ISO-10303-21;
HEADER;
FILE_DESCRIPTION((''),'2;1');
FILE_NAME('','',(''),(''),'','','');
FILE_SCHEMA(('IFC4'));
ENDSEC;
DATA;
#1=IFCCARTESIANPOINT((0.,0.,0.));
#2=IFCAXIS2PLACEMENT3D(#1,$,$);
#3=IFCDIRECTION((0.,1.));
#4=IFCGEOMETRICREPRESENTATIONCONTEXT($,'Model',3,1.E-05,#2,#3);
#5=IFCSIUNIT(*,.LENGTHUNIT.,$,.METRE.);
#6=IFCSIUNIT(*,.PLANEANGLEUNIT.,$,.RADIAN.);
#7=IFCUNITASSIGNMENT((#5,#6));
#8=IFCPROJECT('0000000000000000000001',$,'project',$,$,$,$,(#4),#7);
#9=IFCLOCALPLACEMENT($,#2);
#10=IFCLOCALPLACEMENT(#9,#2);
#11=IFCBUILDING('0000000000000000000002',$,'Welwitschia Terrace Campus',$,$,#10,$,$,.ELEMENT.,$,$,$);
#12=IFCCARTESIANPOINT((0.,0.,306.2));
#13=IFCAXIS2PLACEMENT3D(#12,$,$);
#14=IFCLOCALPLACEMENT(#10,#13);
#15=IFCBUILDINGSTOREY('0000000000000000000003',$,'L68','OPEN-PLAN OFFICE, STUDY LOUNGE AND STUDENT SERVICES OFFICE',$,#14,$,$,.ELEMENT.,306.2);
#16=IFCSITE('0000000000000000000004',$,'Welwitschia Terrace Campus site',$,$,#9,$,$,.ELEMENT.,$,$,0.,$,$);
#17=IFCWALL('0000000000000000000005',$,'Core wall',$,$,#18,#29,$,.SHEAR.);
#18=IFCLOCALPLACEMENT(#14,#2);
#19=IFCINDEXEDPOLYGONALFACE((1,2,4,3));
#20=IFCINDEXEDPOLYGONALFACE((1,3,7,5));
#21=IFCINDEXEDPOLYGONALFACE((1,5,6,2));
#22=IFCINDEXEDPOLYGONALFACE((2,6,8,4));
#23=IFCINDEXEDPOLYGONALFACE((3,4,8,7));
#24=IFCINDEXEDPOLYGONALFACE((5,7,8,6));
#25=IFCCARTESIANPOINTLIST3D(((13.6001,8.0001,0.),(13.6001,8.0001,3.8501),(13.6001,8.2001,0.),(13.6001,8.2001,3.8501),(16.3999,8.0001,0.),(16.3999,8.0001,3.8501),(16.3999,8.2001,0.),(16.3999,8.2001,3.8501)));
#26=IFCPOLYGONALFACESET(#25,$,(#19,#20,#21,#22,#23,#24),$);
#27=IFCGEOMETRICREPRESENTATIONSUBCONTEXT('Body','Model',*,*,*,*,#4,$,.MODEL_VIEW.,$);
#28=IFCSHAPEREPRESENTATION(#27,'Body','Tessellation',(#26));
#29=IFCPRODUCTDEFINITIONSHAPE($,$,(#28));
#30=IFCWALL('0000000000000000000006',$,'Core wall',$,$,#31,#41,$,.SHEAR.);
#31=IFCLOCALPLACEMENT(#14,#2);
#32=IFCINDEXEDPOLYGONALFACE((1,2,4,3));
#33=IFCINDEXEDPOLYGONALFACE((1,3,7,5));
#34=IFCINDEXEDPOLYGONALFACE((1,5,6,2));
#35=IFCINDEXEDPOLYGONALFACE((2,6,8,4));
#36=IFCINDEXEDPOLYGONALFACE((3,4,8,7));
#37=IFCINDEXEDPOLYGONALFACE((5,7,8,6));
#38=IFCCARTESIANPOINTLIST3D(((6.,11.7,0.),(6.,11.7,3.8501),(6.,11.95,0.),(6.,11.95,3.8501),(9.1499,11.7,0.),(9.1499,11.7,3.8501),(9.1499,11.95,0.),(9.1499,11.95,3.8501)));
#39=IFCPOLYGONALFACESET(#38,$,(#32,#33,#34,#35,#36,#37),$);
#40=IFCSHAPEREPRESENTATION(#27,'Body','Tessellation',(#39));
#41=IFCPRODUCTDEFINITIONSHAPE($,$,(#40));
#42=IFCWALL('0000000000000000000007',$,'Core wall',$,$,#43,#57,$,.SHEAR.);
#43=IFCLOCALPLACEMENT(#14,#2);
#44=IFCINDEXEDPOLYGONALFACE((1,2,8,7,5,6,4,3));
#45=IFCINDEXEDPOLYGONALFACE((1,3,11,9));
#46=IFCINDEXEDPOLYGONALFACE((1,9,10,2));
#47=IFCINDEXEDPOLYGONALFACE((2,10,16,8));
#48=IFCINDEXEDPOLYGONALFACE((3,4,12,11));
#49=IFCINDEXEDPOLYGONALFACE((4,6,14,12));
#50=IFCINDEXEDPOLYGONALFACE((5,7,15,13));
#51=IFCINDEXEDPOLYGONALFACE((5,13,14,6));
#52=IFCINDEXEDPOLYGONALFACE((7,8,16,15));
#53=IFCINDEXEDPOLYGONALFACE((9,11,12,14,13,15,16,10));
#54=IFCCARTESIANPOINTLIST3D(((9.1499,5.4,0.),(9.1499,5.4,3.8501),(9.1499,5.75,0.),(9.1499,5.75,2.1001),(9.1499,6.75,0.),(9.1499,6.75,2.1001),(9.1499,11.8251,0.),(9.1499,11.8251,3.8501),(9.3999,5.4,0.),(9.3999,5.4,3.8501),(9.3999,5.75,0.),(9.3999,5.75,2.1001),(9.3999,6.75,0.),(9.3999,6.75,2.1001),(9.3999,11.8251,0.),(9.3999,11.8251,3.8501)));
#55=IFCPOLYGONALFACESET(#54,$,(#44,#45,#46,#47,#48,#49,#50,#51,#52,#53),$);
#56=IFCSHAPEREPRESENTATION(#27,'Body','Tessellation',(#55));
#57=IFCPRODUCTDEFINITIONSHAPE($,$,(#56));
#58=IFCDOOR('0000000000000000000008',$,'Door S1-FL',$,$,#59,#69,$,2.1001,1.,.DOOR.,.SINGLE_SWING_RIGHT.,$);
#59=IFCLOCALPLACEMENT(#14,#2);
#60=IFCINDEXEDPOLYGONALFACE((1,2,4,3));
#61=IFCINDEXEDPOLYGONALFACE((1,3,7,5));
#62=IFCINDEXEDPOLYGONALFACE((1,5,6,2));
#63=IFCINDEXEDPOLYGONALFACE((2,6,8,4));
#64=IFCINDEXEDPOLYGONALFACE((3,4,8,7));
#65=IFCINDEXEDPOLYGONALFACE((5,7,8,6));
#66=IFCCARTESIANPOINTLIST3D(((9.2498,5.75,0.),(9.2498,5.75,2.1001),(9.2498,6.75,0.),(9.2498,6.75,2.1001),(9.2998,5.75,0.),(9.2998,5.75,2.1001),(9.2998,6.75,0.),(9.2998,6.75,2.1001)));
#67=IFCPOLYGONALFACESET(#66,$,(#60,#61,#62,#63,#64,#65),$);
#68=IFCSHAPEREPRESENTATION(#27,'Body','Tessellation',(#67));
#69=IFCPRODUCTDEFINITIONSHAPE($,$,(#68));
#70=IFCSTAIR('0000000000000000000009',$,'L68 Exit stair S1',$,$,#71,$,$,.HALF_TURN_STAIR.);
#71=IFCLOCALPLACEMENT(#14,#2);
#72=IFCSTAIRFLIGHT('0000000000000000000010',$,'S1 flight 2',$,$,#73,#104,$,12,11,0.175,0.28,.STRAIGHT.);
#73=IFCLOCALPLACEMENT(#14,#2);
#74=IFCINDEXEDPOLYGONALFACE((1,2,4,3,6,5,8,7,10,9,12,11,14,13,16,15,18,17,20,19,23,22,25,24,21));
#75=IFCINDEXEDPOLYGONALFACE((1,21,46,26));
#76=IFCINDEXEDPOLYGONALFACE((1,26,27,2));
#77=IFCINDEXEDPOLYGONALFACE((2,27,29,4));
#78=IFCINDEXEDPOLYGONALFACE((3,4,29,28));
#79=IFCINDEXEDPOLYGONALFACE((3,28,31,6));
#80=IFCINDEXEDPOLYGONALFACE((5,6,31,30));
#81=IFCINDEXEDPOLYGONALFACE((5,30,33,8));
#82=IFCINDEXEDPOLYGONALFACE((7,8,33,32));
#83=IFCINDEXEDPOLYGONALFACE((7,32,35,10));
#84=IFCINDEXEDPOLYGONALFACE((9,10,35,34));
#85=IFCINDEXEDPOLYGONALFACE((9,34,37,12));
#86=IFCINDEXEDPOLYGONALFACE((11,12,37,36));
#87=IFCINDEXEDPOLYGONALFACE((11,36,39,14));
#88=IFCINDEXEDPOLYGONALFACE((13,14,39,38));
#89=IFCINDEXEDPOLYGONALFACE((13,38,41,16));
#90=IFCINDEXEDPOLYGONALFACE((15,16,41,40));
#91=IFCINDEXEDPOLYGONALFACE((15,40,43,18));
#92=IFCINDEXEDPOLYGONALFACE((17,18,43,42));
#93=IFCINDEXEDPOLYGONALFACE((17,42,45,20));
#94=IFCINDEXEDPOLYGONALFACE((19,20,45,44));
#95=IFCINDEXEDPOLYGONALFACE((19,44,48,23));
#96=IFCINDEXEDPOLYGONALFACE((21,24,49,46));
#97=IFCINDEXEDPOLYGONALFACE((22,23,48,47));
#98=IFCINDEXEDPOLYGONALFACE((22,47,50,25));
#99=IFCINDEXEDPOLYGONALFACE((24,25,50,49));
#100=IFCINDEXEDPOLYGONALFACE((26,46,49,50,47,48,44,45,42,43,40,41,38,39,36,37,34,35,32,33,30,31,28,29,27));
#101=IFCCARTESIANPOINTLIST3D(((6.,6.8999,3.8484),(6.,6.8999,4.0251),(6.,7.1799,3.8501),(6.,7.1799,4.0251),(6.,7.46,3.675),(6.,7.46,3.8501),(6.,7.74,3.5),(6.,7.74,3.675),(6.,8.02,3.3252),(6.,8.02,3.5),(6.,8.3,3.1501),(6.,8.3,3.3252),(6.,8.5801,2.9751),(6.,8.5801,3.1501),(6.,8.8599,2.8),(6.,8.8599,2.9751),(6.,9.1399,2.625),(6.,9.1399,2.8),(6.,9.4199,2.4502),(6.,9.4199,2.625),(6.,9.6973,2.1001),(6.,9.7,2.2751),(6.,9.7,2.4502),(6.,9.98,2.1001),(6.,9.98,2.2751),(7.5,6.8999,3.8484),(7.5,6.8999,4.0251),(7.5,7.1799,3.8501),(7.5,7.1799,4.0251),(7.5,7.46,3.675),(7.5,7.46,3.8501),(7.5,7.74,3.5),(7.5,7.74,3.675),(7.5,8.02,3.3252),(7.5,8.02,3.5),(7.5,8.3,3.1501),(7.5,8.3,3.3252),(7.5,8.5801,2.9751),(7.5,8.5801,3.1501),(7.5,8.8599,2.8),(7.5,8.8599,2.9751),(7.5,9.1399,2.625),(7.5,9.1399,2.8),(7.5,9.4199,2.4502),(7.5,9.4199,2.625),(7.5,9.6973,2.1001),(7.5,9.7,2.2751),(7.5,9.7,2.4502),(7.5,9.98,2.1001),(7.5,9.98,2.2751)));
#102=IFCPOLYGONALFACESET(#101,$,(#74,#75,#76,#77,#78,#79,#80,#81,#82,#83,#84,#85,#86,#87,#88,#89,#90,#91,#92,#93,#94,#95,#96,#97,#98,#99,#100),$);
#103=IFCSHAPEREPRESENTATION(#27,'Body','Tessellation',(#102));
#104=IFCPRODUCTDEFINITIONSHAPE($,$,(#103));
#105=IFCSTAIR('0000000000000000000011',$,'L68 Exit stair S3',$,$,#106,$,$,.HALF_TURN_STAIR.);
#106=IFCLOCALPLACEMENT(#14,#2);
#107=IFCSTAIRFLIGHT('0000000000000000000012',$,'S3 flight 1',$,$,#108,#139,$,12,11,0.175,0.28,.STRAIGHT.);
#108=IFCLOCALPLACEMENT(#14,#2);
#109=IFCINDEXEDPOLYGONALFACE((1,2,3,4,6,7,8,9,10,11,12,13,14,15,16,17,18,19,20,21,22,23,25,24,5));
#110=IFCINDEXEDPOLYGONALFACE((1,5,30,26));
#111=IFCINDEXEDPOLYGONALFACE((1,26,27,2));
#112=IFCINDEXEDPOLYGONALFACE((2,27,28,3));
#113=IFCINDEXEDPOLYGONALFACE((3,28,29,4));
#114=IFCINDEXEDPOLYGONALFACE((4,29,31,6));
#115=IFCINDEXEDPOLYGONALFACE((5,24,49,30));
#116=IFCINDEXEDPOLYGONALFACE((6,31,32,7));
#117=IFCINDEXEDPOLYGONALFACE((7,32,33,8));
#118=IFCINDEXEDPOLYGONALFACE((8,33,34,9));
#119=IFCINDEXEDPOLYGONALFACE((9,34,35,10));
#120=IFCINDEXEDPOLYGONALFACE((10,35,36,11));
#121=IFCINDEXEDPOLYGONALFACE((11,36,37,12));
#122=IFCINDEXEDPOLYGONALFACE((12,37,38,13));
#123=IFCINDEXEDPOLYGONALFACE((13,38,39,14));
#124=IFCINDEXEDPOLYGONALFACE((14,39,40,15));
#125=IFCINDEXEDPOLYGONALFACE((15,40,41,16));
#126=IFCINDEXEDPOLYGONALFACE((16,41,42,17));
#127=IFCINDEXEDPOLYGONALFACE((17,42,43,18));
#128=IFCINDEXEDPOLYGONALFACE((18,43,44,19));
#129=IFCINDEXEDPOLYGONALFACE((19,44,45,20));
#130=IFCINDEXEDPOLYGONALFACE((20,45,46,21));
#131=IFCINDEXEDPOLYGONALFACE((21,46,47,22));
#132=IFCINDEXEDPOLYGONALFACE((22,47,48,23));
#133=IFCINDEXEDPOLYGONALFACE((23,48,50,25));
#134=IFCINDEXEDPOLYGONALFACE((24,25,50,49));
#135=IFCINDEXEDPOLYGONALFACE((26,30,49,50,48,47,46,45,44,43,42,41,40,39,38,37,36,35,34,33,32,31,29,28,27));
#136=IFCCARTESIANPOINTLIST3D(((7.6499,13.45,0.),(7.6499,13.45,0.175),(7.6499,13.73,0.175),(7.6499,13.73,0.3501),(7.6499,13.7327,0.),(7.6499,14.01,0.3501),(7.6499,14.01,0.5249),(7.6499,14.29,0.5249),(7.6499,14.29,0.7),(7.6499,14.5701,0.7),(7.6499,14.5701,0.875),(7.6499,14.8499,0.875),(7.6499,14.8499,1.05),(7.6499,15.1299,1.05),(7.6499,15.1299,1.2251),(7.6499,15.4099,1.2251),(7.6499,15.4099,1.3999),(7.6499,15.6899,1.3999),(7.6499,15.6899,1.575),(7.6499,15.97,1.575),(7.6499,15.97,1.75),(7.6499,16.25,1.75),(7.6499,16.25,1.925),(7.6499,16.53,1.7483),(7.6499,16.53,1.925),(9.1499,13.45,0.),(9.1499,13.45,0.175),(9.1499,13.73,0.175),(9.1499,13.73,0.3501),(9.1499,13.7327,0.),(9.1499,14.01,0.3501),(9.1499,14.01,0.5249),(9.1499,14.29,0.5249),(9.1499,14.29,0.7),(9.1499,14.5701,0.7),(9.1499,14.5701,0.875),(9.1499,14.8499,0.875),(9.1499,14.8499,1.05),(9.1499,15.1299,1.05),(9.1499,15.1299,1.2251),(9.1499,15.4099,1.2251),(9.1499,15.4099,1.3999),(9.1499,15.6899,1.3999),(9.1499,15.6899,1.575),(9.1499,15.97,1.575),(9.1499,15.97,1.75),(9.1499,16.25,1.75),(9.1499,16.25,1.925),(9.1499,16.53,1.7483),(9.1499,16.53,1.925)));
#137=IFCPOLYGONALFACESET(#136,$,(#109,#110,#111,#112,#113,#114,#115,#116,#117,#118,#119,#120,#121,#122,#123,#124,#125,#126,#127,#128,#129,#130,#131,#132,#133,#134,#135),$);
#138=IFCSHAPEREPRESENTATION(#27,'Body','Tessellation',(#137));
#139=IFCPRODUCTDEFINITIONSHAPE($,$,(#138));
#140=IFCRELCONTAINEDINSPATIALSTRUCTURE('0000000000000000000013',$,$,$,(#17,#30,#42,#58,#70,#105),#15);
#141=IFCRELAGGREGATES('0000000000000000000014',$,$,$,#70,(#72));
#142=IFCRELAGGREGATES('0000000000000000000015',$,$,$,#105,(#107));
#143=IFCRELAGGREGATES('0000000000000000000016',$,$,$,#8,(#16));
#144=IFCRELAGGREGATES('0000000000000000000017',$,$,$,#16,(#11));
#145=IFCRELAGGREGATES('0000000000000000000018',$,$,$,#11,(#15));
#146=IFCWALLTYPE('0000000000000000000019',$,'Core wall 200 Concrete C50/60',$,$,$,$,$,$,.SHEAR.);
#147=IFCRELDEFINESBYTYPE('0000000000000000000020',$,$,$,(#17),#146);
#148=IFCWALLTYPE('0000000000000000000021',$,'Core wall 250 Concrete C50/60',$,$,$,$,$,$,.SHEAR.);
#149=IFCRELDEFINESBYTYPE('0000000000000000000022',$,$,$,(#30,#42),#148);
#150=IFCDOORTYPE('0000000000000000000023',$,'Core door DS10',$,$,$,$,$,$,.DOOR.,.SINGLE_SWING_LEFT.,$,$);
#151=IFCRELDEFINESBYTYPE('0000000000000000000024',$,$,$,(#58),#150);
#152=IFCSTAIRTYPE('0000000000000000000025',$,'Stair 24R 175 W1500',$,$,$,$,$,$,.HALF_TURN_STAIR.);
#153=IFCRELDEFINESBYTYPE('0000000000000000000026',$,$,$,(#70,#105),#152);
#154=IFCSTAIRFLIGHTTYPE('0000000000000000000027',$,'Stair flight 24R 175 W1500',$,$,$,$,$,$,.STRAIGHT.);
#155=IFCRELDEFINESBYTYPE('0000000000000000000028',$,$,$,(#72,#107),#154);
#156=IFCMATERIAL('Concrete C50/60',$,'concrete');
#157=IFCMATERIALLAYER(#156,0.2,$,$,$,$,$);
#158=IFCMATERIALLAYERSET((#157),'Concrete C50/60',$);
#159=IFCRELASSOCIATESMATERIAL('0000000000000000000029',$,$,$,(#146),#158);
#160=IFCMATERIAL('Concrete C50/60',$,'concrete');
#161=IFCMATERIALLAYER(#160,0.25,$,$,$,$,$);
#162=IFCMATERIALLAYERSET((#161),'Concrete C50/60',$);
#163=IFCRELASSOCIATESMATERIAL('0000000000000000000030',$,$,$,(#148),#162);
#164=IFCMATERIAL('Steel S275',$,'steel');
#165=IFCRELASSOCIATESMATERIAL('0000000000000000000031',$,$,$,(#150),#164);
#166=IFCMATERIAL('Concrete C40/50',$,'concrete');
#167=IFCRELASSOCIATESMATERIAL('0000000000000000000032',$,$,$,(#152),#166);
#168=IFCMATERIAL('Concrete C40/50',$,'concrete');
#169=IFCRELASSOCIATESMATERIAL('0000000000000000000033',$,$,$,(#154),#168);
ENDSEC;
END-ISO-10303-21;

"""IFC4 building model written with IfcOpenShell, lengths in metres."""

from ifc_helpers import new_model, si_unit, direction, frame, frame_2d, origin, place, context, subcontext, project, spatial, polyline, rectangle, outline, extrude, material, layer, layer_set, type_object, element, fill, aggregate, save


model = new_model("IFC4")

# Units and contexts
model_context = context("Model", 3, precision=1e-05, world=origin(), true_north=direction((0.0, 1.0)))
body_context = subcontext(model_context, "Body", "Model", "MODEL_VIEW")
ifc_project = project(units=[si_unit("LENGTHUNIT", "METRE"), si_unit("PLANEANGLEUNIT", "RADIAN")], contexts=[model_context])

# Site, building, storey
site_placement = place(None, origin())
site = spatial("IfcSite", under=ifc_project, at=site_placement, Name="Welwitschia Terrace Campus site", CompositionType="ELEMENT", RefElevation=0.0)
building_placement = place(site_placement, origin())
building = spatial("IfcBuilding", under=site, at=building_placement, Name="Welwitschia Terrace Campus", CompositionType="ELEMENT")
storey_placement = place(building_placement, frame((0.0, 0.0, 306.2)))
storey = spatial("IfcBuildingStorey", under=building, at=storey_placement, Name="L68", Description="OPEN-PLAN OFFICE, STUDY LOUNGE AND STUDENT SERVICES OFFICE", CompositionType="ELEMENT", Elevation=306.2)

# Walls
ifc_material_1 = material(Name="Concrete C50/60", Category="concrete")
ifc_layer_1 = layer(ifc_material_1, 0.2)
ifc_layer_set_1 = layer_set([ifc_layer_1], Name="Concrete C50/60")
wall_type_1 = type_object("IfcWallType", Name="Core wall 200 Concrete C50/60", PredefinedType="SHEAR", material=ifc_layer_set_1)
wall_1_placement = place(storey_placement, frame((13.6001, 8.1001, 0.0), z_axis=(0.0, 0.0, 1.0), x_axis=(1.0, 0.0, 0.0)))
element("IfcWall", 1, at=wall_1_placement, inside=storey, type_object=wall_type_1, Name="Core wall", PredefinedType="SHEAR", context=body_context, shape_type="SweptSolid", body=[
    extrude(rectangle(XDim=2.7998, YDim=0.2, at=frame_2d((1.3999, 0.0))), origin(), (0.0, 0.0, 1.0), 3.8501),
])
ifc_material_2 = material(Name="Concrete C50/60", Category="concrete")
ifc_layer_2 = layer(ifc_material_2, 0.25)
ifc_layer_set_2 = layer_set([ifc_layer_2], Name="Concrete C50/60")
wall_type_2 = type_object("IfcWallType", Name="Core wall 250 Concrete C50/60", PredefinedType="SHEAR", material=ifc_layer_set_2)
wall_2_placement = place(storey_placement, frame((6.0, 11.825, 0.0), z_axis=(0.0, 0.0, 1.0), x_axis=(1.0, 0.0, 0.0)))
element("IfcWall", 2, at=wall_2_placement, inside=storey, type_object=wall_type_2, Name="Core wall", PredefinedType="SHEAR", context=body_context, shape_type="SweptSolid", body=[
    extrude(rectangle(XDim=3.1499, YDim=0.25, at=frame_2d((1.575, 0.0))), origin(), (0.0, 0.0, 1.0), 3.8501),
])

# Wall, opening, door
wall_3_placement = place(storey_placement, frame((9.2749, 11.825, 0.0), z_axis=(0.0, 0.0, 1.0), x_axis=(0.0, -1.0, 0.0)))
wall_3 = element("IfcWall", 3, at=wall_3_placement, inside=storey, type_object=wall_type_2, Name="Core wall", PredefinedType="SHEAR", context=body_context, shape_type="SweptSolid", body=[
    extrude(rectangle(XDim=6.425, YDim=0.25, at=frame_2d((3.2124, 0.0))), origin(), (0.0, 0.0, 1.0), 3.8501),
])
opening_placement = place(wall_3_placement, frame((5.075, 0.0, 0.0)))
opening = element("IfcOpeningElement", 4, at=opening_placement, cuts=wall_3, PredefinedType="OPENING", context=body_context, shape_type="SweptSolid", body=[
    extrude(rectangle(XDim=1.0, YDim=2.1001, at=frame_2d((0.5, 1.05))), frame((0.0, 0.135, 0.0), z_axis=(0.0, -1.0, 0.0), x_axis=(1.0, 0.0, 0.0)), (0.0, 0.0, 1.0), 0.27),
])
ifc_material_3 = material(Name="Steel S275", Category="steel")
door_type = type_object("IfcDoorType", Name="Core door DS10", OperationType="SINGLE_SWING_LEFT", PredefinedType="DOOR", material=ifc_material_3)
door_placement = place(opening_placement, origin())
door = element("IfcDoor", 5, at=door_placement, inside=storey, type_object=door_type, Name="Door S1-FL", OperationType="SINGLE_SWING_RIGHT", OverallHeight=2.1001, OverallWidth=1.0, PredefinedType="DOOR", context=body_context, shape_type="SweptSolid", body=[
    extrude(rectangle(XDim=1.0, YDim=2.1001, at=frame_2d((0.5, 1.05))), frame((0.0, 0.0249, 0.0), z_axis=(0.0, -1.0, 0.0), x_axis=(1.0, 0.0, 0.0)), (0.0, 0.0, 1.0), 0.05),
])
fill(opening, door)

# Stairs, stair flights
ifc_material_4 = material(Name="Concrete C40/50", Category="concrete")
stair_type = type_object("IfcStairType", Name="Stair 24R 175 W1500", PredefinedType="HALF_TURN_STAIR", material=ifc_material_4)
stair_1_placement = place(storey_placement, origin())
stair_1 = element("IfcStair", 6, at=stair_1_placement, inside=storey, type_object=stair_type, Name="L68 Exit stair S1", PredefinedType="HALF_TURN_STAIR")
ifc_material_5 = material(Name="Concrete C40/50", Category="concrete")
stair_flight_type = type_object("IfcStairFlightType", Name="Stair flight 24R 175 W1500", PredefinedType="STRAIGHT", material=ifc_material_5)
stair_flight_1_placement = place(storey_placement, frame((6.75, 9.98, 2.1001), z_axis=(0.0, 0.0, 1.0), x_axis=(0.0, -1.0, 0.0)))
stair_flight_1 = element("IfcStairFlight", 7, at=stair_flight_1_placement, type_object=stair_flight_type, Name="S1 flight 2", NumberOfRisers=12, NumberOfTreads=11, PredefinedType="STRAIGHT", RiserHeight=0.175, TreadLength=0.28, context=body_context, shape_type="SweptSolid", body=[
    extrude(outline(polyline([(0.0, 0.0), (0.0, 0.175), (0.28, 0.175), (0.28, 0.3501), (0.5601, 0.3501), (0.5601, 0.5249), (0.8401, 0.5249), (0.8401, 0.7), (1.1201, 0.7), (1.1201, 0.875), (1.3999, 0.875), (1.3999, 1.05), (1.6799, 1.05), (1.6799, 1.2251), (1.96, 1.2251), (1.96, 1.3999), (2.24, 1.3999), (2.24, 1.575), (2.52, 1.575), (2.52, 1.75), (2.8, 1.75), (2.8, 1.925), (3.0801, 1.925), (3.0801, 2.1001), (3.0801, 1.7483), (0.2827, 0.0), (0.0, 0.0)])), frame((0.0, 0.75, 0.0), z_axis=(0.0, -1.0, 0.0), x_axis=(1.0, 0.0, 0.0)), (0.0, 0.0, 1.0), 1.5),
])
aggregate(stair_1, [stair_flight_1])
stair_2_placement = place(storey_placement, origin())
stair_2 = element("IfcStair", 8, at=stair_2_placement, inside=storey, type_object=stair_type, Name="L68 Exit stair S3", PredefinedType="HALF_TURN_STAIR")
stair_flight_2_placement = place(storey_placement, frame((8.3999, 13.45, 0.0), z_axis=(0.0, 0.0, 1.0), x_axis=(0.0, 1.0, 0.0)))
stair_flight_2 = element("IfcStairFlight", 9, at=stair_flight_2_placement, type_object=stair_flight_type, Name="S3 flight 1", NumberOfRisers=12, NumberOfTreads=11, PredefinedType="STRAIGHT", RiserHeight=0.175, TreadLength=0.28, context=body_context, shape_type="SweptSolid", body=[
    extrude(outline(polyline([(0.0, 0.0), (0.0, 0.175), (0.28, 0.175), (0.28, 0.3501), (0.5601, 0.3501), (0.5601, 0.5249), (0.8401, 0.5249), (0.8401, 0.7), (1.1201, 0.7), (1.1201, 0.875), (1.3999, 0.875), (1.3999, 1.05), (1.6799, 1.05), (1.6799, 1.2251), (1.96, 1.2251), (1.96, 1.3999), (2.24, 1.3999), (2.24, 1.575), (2.52, 1.575), (2.52, 1.75), (2.8, 1.75), (2.8, 1.925), (3.0801, 1.925), (3.0801, 2.1001), (3.0801, 1.7483), (0.2827, 0.0), (0.0, 0.0)])), frame((0.0, 0.75, 0.0), z_axis=(0.0, -1.0, 0.0), x_axis=(1.0, 0.0, 0.0)), (0.0, 0.0, 1.0), 1.5),
])
aggregate(stair_2, [stair_flight_2])

save(model, "model.ifc")
